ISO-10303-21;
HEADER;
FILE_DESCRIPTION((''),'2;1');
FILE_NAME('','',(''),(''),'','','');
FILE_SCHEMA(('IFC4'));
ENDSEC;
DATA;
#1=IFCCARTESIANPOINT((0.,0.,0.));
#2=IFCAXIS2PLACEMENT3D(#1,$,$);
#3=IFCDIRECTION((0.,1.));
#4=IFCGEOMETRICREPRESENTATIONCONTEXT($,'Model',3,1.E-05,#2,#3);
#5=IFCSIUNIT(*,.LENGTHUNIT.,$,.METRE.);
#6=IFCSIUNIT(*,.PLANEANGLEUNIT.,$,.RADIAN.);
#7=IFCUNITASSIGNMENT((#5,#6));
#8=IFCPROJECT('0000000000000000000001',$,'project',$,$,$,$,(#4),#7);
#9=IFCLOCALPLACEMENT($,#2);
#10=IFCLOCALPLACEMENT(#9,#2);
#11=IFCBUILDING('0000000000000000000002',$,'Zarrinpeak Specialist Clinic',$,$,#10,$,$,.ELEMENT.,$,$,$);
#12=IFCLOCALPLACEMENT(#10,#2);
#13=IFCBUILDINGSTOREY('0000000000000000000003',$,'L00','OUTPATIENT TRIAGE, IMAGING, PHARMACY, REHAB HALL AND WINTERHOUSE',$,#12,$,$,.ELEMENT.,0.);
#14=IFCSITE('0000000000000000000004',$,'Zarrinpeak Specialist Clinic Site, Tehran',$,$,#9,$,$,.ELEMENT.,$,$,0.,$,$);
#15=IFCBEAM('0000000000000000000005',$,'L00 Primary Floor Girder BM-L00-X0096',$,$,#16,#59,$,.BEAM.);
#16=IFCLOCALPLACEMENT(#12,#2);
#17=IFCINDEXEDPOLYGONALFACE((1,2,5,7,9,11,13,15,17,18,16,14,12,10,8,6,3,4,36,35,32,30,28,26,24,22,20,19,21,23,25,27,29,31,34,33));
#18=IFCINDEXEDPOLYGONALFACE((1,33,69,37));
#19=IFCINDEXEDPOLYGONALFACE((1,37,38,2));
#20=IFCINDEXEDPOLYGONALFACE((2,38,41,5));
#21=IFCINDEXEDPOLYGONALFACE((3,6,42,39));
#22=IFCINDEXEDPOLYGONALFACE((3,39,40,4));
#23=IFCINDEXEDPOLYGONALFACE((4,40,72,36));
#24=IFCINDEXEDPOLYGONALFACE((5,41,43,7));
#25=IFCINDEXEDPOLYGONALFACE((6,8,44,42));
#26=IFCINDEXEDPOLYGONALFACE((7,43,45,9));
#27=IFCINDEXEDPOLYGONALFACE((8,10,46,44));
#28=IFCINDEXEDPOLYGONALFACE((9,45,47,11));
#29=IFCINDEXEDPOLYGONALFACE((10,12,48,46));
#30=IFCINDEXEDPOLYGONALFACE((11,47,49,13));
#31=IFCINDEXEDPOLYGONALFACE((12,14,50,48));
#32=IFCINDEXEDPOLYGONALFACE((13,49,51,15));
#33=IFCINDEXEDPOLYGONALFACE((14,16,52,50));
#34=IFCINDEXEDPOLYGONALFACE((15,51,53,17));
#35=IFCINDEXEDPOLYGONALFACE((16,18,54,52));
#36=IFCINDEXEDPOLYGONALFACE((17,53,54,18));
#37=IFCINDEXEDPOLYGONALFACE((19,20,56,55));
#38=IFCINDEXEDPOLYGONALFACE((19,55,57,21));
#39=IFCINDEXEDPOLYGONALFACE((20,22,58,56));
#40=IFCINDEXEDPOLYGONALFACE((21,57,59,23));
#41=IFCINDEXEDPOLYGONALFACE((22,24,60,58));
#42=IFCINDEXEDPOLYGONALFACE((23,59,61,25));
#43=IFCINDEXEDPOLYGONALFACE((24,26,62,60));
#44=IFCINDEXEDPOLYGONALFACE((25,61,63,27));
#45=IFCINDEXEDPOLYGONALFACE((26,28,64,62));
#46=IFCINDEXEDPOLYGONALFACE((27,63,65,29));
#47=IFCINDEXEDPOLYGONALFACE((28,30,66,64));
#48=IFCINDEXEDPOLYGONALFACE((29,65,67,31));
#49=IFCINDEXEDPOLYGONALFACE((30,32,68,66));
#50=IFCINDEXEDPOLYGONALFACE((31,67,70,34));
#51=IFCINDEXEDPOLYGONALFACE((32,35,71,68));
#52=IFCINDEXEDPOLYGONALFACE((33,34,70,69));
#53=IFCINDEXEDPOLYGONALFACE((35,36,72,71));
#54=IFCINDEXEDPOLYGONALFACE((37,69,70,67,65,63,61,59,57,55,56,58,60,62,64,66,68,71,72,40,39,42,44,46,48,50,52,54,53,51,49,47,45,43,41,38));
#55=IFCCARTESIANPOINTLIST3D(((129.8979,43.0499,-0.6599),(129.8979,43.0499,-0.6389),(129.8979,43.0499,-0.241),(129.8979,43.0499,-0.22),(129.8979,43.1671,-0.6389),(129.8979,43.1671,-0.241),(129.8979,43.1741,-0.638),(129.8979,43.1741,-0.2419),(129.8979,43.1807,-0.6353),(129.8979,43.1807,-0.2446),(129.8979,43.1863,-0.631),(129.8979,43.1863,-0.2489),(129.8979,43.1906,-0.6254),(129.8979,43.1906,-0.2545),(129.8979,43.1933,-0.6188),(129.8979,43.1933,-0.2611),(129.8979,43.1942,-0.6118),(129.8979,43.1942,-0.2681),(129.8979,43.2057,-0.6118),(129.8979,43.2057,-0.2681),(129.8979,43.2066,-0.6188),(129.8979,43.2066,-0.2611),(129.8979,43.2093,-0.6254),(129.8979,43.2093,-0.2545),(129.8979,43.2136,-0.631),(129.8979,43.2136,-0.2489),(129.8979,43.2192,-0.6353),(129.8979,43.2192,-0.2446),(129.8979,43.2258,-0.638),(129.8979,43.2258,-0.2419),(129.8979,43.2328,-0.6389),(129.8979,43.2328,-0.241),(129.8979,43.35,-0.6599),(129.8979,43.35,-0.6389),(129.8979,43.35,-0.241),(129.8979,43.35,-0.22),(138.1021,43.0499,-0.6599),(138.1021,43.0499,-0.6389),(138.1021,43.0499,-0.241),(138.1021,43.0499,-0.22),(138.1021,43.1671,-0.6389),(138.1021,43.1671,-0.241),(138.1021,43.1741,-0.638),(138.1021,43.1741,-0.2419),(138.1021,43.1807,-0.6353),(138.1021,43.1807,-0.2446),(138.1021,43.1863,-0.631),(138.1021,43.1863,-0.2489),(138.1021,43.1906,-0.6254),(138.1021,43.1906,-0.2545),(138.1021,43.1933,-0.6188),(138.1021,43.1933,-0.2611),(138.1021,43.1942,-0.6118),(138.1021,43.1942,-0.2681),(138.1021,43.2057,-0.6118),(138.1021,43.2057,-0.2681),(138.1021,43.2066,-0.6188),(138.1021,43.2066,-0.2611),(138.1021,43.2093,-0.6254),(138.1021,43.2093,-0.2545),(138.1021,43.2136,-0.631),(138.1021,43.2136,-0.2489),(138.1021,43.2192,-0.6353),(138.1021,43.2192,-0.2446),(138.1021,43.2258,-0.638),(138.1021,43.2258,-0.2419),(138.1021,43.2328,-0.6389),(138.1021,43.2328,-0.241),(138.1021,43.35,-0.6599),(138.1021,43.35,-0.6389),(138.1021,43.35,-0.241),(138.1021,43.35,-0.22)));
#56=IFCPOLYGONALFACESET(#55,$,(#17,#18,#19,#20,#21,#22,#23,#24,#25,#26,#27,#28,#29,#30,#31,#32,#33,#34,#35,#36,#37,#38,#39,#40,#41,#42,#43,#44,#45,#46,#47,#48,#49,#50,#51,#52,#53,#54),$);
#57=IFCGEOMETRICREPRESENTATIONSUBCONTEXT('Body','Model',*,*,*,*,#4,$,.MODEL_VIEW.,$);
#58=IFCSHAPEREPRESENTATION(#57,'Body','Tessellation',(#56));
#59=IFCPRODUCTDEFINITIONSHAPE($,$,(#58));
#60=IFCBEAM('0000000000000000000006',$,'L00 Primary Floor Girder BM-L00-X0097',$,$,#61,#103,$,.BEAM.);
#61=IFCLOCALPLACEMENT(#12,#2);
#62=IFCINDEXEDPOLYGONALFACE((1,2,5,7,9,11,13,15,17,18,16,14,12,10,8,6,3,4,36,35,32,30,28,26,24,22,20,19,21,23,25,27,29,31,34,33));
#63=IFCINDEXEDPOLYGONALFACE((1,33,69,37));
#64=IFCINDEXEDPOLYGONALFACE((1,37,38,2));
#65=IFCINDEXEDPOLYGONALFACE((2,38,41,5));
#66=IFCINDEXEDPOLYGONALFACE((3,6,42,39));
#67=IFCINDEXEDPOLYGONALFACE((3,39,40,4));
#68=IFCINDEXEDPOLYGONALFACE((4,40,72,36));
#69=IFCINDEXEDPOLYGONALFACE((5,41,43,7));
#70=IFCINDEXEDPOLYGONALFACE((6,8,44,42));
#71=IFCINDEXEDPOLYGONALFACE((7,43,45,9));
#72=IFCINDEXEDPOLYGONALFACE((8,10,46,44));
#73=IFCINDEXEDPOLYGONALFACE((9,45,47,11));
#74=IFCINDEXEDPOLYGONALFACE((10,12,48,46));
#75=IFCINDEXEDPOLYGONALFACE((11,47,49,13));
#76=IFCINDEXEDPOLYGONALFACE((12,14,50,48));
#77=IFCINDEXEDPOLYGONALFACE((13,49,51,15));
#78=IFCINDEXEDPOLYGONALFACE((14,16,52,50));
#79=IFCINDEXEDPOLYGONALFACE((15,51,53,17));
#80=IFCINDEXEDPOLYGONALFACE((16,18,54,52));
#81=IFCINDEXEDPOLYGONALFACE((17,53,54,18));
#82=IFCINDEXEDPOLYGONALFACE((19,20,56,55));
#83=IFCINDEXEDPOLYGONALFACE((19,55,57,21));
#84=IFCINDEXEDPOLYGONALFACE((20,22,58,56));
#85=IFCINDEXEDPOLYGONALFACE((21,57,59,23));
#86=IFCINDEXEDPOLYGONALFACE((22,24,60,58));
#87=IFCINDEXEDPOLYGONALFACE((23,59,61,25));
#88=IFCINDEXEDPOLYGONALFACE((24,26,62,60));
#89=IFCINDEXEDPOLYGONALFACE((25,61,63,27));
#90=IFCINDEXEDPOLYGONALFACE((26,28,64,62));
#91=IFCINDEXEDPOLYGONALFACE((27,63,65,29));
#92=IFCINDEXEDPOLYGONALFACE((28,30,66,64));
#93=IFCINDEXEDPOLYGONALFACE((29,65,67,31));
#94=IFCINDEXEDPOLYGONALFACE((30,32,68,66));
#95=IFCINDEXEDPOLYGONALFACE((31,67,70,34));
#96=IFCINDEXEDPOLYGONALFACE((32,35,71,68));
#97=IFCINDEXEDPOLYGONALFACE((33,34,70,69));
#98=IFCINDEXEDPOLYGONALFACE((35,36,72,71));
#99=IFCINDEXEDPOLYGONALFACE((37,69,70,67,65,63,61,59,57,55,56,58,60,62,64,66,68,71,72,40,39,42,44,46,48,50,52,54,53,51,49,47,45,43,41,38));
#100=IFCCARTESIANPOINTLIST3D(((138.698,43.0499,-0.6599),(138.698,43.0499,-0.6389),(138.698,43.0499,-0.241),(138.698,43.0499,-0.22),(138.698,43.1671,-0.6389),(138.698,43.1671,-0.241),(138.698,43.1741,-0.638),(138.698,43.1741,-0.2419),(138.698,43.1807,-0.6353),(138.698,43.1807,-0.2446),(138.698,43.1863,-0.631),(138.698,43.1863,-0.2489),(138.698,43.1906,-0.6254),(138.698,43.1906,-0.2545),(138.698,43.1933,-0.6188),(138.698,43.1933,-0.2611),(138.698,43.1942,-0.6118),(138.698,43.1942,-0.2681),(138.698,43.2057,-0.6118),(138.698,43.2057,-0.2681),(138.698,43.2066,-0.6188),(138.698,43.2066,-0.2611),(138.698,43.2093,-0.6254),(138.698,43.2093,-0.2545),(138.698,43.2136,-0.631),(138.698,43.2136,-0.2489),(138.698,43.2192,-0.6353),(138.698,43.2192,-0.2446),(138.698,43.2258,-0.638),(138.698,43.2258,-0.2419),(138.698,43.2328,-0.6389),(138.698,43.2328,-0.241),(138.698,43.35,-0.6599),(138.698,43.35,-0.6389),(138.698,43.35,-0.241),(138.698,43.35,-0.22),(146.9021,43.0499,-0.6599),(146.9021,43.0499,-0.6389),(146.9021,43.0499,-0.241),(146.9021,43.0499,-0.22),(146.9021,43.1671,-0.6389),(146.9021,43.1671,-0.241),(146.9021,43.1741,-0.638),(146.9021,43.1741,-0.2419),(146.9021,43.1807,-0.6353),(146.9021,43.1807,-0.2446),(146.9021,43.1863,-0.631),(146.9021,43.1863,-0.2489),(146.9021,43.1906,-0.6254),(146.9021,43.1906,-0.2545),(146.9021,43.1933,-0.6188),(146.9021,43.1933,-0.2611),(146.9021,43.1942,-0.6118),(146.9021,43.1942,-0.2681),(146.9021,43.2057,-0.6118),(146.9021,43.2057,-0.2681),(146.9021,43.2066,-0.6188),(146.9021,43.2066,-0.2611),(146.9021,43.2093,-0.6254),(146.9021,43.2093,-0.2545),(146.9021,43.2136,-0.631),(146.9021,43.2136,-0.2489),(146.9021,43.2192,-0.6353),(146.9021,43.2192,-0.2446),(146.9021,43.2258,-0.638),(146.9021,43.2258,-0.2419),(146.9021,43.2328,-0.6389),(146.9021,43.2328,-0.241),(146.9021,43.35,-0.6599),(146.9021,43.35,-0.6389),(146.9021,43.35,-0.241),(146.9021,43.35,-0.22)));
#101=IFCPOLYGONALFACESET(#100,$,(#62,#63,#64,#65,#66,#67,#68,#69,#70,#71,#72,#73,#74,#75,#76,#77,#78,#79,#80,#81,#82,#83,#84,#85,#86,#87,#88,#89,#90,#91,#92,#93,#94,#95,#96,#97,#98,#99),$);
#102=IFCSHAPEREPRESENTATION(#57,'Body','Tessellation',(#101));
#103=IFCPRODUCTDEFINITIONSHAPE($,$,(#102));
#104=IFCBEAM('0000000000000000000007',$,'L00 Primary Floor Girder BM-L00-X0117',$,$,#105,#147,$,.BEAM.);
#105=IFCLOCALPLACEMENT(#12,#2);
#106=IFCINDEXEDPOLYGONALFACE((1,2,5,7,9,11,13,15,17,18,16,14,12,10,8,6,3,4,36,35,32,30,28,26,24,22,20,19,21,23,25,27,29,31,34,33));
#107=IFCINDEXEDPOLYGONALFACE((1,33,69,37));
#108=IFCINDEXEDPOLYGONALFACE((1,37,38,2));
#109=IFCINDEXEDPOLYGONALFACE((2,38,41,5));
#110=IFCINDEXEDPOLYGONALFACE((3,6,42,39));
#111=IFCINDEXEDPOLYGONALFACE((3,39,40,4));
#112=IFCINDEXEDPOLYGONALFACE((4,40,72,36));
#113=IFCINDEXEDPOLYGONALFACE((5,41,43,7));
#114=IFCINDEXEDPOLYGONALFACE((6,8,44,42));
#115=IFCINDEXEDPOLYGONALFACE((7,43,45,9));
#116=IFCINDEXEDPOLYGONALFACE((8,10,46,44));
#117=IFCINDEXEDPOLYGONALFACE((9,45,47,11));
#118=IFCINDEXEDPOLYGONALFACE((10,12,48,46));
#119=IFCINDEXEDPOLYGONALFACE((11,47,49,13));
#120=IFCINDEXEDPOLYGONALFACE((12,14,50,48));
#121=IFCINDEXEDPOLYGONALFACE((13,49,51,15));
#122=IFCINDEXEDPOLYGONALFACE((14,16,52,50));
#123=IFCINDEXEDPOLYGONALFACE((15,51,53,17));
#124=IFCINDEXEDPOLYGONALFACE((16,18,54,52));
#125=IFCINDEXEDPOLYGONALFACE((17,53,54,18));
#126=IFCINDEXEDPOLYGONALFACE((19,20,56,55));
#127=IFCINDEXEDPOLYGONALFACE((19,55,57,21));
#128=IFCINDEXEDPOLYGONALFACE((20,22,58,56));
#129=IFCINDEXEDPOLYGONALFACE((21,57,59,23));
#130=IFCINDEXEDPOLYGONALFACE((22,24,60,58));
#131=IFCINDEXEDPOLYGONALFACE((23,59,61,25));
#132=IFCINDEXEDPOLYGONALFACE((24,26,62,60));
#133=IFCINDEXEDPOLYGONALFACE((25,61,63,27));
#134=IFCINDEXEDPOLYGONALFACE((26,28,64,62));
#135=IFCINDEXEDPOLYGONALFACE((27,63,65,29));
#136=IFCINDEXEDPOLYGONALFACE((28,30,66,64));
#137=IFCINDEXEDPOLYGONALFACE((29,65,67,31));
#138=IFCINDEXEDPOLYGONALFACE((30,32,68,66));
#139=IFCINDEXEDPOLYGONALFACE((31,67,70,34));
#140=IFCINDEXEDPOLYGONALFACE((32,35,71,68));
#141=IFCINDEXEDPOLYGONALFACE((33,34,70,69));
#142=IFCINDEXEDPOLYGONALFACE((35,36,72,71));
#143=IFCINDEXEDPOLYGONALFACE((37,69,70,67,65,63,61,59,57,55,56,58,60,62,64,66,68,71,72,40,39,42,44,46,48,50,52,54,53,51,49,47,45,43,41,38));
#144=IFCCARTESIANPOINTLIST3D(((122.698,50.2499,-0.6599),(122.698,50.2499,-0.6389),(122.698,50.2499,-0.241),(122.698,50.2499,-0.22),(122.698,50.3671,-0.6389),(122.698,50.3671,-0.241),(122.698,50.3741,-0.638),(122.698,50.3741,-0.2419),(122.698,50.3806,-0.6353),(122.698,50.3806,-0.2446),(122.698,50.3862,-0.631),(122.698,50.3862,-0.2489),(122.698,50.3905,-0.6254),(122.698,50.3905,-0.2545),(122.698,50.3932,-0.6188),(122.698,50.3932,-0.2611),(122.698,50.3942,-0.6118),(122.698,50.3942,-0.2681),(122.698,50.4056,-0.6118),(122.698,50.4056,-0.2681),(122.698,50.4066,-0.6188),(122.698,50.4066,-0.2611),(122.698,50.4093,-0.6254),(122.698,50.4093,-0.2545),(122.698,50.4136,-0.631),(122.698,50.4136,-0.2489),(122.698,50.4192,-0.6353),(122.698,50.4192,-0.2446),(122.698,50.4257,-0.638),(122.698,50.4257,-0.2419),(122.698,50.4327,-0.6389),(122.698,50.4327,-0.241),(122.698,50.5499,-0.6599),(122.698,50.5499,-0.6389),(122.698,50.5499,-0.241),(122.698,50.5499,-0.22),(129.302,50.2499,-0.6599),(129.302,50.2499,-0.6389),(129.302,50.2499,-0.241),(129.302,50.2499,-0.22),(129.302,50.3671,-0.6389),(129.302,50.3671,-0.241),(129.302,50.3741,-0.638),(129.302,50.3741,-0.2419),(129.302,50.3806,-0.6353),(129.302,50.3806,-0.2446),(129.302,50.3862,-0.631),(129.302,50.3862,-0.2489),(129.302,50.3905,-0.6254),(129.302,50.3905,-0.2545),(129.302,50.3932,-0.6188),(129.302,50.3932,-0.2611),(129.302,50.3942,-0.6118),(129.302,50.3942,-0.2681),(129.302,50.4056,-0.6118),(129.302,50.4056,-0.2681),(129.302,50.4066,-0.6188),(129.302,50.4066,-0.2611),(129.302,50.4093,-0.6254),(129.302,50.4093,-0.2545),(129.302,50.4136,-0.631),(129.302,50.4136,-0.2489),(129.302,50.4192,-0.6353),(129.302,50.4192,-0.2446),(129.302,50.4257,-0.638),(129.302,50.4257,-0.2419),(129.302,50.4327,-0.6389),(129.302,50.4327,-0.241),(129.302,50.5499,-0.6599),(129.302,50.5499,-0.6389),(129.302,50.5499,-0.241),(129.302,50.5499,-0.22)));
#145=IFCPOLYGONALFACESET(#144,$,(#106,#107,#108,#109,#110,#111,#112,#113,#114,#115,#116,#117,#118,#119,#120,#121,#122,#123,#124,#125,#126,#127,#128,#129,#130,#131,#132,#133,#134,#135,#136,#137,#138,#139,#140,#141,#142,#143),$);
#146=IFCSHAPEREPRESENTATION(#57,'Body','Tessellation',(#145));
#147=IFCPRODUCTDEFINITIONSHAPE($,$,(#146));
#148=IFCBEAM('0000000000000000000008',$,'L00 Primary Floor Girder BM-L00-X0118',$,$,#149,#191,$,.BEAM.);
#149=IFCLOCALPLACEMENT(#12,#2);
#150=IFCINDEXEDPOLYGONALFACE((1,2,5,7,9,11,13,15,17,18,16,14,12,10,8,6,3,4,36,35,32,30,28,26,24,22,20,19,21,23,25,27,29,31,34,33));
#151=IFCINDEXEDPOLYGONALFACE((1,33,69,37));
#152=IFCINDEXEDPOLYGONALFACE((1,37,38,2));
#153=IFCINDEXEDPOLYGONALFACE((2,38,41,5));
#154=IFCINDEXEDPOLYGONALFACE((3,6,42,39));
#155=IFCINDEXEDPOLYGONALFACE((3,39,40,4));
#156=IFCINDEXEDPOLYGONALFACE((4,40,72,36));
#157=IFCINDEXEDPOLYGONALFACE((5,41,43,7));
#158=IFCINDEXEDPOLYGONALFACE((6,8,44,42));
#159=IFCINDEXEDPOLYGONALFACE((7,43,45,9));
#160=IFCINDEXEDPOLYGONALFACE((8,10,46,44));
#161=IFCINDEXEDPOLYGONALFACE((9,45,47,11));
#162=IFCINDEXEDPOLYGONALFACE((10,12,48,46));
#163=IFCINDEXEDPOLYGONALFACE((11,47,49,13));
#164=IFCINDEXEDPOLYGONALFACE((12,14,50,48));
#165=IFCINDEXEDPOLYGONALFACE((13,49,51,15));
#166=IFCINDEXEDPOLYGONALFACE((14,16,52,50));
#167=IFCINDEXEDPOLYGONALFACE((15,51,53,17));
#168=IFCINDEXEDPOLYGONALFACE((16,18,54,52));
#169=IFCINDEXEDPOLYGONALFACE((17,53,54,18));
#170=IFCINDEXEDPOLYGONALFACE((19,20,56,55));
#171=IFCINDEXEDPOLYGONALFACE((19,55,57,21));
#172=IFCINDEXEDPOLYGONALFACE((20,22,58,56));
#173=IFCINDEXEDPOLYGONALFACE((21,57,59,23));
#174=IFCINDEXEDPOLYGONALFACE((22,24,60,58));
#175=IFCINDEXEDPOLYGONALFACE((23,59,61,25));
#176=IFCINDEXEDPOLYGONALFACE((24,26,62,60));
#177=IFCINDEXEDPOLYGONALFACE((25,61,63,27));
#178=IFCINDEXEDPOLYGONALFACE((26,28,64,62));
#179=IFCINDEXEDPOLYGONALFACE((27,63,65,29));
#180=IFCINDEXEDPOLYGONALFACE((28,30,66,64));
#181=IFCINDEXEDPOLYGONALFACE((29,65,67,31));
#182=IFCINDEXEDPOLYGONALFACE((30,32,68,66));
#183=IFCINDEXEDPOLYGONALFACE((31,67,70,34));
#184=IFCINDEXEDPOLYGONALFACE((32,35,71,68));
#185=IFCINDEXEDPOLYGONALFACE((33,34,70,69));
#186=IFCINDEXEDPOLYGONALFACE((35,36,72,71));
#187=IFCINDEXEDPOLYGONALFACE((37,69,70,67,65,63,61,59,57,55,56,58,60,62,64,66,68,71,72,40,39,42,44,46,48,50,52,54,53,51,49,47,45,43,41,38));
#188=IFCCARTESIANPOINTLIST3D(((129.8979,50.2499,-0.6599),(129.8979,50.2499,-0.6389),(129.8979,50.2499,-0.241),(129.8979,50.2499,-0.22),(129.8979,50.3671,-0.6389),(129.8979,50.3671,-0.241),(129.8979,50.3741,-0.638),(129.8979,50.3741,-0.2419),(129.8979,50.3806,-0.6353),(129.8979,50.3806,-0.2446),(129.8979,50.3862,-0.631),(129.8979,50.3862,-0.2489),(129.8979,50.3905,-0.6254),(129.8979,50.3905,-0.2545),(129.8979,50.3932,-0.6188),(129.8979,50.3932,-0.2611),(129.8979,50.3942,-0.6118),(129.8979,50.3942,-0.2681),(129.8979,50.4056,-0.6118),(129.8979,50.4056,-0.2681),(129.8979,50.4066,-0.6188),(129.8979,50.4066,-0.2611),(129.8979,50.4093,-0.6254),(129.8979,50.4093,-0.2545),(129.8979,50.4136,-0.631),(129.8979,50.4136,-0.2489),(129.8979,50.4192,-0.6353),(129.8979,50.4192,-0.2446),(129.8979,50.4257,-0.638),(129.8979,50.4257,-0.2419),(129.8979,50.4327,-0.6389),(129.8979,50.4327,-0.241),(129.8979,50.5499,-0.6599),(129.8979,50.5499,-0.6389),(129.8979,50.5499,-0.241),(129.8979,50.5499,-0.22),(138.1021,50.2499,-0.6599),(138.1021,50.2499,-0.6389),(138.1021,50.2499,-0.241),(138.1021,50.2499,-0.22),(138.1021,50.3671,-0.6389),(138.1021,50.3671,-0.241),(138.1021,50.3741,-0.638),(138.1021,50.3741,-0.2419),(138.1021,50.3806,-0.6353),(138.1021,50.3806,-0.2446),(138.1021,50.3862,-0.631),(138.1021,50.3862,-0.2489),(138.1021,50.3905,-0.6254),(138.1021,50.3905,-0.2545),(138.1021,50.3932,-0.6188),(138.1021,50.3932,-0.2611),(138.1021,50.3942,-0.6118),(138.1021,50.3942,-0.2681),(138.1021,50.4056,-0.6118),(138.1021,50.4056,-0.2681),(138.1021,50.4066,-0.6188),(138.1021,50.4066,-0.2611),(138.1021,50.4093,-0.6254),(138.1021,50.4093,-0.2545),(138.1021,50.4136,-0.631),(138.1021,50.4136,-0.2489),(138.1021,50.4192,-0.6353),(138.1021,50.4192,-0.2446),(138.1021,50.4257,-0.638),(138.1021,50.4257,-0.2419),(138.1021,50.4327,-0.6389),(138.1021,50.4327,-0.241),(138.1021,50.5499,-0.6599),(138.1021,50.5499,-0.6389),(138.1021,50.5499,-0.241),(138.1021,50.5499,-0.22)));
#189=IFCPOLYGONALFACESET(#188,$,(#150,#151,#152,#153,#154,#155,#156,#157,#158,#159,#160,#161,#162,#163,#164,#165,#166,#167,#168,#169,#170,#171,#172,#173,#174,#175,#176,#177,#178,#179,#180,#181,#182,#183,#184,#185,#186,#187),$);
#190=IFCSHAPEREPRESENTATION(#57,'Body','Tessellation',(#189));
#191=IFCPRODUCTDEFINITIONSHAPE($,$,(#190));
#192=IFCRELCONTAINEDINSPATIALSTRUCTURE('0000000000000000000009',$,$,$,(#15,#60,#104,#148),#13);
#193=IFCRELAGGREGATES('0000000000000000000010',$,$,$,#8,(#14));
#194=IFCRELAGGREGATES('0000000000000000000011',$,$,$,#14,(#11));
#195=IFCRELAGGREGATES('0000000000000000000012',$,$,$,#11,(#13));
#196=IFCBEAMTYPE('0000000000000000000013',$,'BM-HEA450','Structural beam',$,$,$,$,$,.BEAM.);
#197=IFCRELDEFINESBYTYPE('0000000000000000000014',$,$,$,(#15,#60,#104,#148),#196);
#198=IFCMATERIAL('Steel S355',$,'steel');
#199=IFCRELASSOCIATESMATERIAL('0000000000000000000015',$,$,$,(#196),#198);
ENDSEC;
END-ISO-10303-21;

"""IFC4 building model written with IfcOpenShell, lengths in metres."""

from ifc_helpers import new_model, si_unit, direction, frame, origin, origin_2d, place, context, subcontext, project, spatial, i_section, extrude, material, material_profile, profile_set, type_object, element, save


model = new_model("IFC4")

# Units and contexts
model_context = context("Model", 3, precision=1e-05, world=origin(), true_north=direction((0.0, 1.0)))
body_context = subcontext(model_context, "Body", "Model", "MODEL_VIEW")
ifc_project = project(units=[si_unit("LENGTHUNIT", "METRE"), si_unit("PLANEANGLEUNIT", "RADIAN")], contexts=[model_context])

# Site, building, storey
site_placement = place(None, origin())
site = spatial("IfcSite", under=ifc_project, at=site_placement, Name="Zarrinpeak Specialist Clinic Site, Tehran", CompositionType="ELEMENT", RefElevation=0.0)
building_placement = place(site_placement, origin())
building = spatial("IfcBuilding", under=site, at=building_placement, Name="Zarrinpeak Specialist Clinic", CompositionType="ELEMENT")
storey_placement = place(building_placement, origin())
storey = spatial("IfcBuildingStorey", under=building, at=storey_placement, Name="L00", Description="OUTPATIENT TRIAGE, IMAGING, PHARMACY, REHAB HALL AND WINTERHOUSE", CompositionType="ELEMENT", Elevation=0.0)

# Beams
ifc_material_1 = material(Name="Steel S355", Category="steel")
ifc_material_profile_1 = material_profile(ifc_material_1, i_section(OverallWidth=0.3, OverallDepth=0.4399, WebThickness=0.0115, FlangeThickness=0.021, FilletRadius=0.0271, at=origin_2d()), Name="HEA 450")
ifc_profile_set_1 = profile_set([ifc_material_profile_1], Name="Steel S355")
beam_type_1 = type_object("IfcBeamType", Name="BM-HEA450", Description="Structural beam", PredefinedType="BEAM", material=ifc_profile_set_1)
for number, where, z_axis, x_axis, name in (
    (1, (129.8979, 43.2, -0.4399), (1.0, 0.0, 0.0), (0.0, 1.0, 0.0), "L00 Primary Floor Girder BM-L00-X0096"),
    (2, (138.698, 43.2, -0.4399), (1.0, 0.0, 0.0), (0.0, 1.0, 0.0), "L00 Primary Floor Girder BM-L00-X0097"),
):
    element("IfcBeam", number, at=place(storey_placement, frame(where, z_axis=z_axis, x_axis=x_axis)), inside=storey, type_object=beam_type_1, Name=name, PredefinedType="BEAM", context=body_context, shape_type="SweptSolid", body=[
        extrude(i_section(OverallWidth=0.3, OverallDepth=0.4399, WebThickness=0.0115, FlangeThickness=0.021, FilletRadius=0.0271, at=origin_2d()), origin(), (0.0, 0.0, 1.0), 8.2041),
    ])
beam_1_placement = place(storey_placement, frame((122.698, 50.3999, -0.4399), z_axis=(1.0, 0.0, 0.0), x_axis=(0.0, 1.0, 0.0)))
element("IfcBeam", 3, at=beam_1_placement, inside=storey, type_object=beam_type_1, Name="L00 Primary Floor Girder BM-L00-X0117", PredefinedType="BEAM", context=body_context, shape_type="SweptSolid", body=[
    extrude(i_section(OverallWidth=0.3, OverallDepth=0.4399, WebThickness=0.0115, FlangeThickness=0.021, FilletRadius=0.0271, at=origin_2d()), origin(), (0.0, 0.0, 1.0), 6.604),
])
for number, where, z_axis, x_axis, name in (
    (4, (129.8979, 50.3999, -0.4399), (1.0, 0.0, 0.0), (0.0, 1.0, 0.0), "L00 Primary Floor Girder BM-L00-X0118"),
):
    element("IfcBeam", number, at=place(storey_placement, frame(where, z_axis=z_axis, x_axis=x_axis)), inside=storey, type_object=beam_type_1, Name=name, PredefinedType="BEAM", context=body_context, shape_type="SweptSolid", body=[
        extrude(i_section(OverallWidth=0.3, OverallDepth=0.4399, WebThickness=0.0115, FlangeThickness=0.021, FilletRadius=0.0271, at=origin_2d()), origin(), (0.0, 0.0, 1.0), 8.2041),
    ])

save(model, "model.ifc")
